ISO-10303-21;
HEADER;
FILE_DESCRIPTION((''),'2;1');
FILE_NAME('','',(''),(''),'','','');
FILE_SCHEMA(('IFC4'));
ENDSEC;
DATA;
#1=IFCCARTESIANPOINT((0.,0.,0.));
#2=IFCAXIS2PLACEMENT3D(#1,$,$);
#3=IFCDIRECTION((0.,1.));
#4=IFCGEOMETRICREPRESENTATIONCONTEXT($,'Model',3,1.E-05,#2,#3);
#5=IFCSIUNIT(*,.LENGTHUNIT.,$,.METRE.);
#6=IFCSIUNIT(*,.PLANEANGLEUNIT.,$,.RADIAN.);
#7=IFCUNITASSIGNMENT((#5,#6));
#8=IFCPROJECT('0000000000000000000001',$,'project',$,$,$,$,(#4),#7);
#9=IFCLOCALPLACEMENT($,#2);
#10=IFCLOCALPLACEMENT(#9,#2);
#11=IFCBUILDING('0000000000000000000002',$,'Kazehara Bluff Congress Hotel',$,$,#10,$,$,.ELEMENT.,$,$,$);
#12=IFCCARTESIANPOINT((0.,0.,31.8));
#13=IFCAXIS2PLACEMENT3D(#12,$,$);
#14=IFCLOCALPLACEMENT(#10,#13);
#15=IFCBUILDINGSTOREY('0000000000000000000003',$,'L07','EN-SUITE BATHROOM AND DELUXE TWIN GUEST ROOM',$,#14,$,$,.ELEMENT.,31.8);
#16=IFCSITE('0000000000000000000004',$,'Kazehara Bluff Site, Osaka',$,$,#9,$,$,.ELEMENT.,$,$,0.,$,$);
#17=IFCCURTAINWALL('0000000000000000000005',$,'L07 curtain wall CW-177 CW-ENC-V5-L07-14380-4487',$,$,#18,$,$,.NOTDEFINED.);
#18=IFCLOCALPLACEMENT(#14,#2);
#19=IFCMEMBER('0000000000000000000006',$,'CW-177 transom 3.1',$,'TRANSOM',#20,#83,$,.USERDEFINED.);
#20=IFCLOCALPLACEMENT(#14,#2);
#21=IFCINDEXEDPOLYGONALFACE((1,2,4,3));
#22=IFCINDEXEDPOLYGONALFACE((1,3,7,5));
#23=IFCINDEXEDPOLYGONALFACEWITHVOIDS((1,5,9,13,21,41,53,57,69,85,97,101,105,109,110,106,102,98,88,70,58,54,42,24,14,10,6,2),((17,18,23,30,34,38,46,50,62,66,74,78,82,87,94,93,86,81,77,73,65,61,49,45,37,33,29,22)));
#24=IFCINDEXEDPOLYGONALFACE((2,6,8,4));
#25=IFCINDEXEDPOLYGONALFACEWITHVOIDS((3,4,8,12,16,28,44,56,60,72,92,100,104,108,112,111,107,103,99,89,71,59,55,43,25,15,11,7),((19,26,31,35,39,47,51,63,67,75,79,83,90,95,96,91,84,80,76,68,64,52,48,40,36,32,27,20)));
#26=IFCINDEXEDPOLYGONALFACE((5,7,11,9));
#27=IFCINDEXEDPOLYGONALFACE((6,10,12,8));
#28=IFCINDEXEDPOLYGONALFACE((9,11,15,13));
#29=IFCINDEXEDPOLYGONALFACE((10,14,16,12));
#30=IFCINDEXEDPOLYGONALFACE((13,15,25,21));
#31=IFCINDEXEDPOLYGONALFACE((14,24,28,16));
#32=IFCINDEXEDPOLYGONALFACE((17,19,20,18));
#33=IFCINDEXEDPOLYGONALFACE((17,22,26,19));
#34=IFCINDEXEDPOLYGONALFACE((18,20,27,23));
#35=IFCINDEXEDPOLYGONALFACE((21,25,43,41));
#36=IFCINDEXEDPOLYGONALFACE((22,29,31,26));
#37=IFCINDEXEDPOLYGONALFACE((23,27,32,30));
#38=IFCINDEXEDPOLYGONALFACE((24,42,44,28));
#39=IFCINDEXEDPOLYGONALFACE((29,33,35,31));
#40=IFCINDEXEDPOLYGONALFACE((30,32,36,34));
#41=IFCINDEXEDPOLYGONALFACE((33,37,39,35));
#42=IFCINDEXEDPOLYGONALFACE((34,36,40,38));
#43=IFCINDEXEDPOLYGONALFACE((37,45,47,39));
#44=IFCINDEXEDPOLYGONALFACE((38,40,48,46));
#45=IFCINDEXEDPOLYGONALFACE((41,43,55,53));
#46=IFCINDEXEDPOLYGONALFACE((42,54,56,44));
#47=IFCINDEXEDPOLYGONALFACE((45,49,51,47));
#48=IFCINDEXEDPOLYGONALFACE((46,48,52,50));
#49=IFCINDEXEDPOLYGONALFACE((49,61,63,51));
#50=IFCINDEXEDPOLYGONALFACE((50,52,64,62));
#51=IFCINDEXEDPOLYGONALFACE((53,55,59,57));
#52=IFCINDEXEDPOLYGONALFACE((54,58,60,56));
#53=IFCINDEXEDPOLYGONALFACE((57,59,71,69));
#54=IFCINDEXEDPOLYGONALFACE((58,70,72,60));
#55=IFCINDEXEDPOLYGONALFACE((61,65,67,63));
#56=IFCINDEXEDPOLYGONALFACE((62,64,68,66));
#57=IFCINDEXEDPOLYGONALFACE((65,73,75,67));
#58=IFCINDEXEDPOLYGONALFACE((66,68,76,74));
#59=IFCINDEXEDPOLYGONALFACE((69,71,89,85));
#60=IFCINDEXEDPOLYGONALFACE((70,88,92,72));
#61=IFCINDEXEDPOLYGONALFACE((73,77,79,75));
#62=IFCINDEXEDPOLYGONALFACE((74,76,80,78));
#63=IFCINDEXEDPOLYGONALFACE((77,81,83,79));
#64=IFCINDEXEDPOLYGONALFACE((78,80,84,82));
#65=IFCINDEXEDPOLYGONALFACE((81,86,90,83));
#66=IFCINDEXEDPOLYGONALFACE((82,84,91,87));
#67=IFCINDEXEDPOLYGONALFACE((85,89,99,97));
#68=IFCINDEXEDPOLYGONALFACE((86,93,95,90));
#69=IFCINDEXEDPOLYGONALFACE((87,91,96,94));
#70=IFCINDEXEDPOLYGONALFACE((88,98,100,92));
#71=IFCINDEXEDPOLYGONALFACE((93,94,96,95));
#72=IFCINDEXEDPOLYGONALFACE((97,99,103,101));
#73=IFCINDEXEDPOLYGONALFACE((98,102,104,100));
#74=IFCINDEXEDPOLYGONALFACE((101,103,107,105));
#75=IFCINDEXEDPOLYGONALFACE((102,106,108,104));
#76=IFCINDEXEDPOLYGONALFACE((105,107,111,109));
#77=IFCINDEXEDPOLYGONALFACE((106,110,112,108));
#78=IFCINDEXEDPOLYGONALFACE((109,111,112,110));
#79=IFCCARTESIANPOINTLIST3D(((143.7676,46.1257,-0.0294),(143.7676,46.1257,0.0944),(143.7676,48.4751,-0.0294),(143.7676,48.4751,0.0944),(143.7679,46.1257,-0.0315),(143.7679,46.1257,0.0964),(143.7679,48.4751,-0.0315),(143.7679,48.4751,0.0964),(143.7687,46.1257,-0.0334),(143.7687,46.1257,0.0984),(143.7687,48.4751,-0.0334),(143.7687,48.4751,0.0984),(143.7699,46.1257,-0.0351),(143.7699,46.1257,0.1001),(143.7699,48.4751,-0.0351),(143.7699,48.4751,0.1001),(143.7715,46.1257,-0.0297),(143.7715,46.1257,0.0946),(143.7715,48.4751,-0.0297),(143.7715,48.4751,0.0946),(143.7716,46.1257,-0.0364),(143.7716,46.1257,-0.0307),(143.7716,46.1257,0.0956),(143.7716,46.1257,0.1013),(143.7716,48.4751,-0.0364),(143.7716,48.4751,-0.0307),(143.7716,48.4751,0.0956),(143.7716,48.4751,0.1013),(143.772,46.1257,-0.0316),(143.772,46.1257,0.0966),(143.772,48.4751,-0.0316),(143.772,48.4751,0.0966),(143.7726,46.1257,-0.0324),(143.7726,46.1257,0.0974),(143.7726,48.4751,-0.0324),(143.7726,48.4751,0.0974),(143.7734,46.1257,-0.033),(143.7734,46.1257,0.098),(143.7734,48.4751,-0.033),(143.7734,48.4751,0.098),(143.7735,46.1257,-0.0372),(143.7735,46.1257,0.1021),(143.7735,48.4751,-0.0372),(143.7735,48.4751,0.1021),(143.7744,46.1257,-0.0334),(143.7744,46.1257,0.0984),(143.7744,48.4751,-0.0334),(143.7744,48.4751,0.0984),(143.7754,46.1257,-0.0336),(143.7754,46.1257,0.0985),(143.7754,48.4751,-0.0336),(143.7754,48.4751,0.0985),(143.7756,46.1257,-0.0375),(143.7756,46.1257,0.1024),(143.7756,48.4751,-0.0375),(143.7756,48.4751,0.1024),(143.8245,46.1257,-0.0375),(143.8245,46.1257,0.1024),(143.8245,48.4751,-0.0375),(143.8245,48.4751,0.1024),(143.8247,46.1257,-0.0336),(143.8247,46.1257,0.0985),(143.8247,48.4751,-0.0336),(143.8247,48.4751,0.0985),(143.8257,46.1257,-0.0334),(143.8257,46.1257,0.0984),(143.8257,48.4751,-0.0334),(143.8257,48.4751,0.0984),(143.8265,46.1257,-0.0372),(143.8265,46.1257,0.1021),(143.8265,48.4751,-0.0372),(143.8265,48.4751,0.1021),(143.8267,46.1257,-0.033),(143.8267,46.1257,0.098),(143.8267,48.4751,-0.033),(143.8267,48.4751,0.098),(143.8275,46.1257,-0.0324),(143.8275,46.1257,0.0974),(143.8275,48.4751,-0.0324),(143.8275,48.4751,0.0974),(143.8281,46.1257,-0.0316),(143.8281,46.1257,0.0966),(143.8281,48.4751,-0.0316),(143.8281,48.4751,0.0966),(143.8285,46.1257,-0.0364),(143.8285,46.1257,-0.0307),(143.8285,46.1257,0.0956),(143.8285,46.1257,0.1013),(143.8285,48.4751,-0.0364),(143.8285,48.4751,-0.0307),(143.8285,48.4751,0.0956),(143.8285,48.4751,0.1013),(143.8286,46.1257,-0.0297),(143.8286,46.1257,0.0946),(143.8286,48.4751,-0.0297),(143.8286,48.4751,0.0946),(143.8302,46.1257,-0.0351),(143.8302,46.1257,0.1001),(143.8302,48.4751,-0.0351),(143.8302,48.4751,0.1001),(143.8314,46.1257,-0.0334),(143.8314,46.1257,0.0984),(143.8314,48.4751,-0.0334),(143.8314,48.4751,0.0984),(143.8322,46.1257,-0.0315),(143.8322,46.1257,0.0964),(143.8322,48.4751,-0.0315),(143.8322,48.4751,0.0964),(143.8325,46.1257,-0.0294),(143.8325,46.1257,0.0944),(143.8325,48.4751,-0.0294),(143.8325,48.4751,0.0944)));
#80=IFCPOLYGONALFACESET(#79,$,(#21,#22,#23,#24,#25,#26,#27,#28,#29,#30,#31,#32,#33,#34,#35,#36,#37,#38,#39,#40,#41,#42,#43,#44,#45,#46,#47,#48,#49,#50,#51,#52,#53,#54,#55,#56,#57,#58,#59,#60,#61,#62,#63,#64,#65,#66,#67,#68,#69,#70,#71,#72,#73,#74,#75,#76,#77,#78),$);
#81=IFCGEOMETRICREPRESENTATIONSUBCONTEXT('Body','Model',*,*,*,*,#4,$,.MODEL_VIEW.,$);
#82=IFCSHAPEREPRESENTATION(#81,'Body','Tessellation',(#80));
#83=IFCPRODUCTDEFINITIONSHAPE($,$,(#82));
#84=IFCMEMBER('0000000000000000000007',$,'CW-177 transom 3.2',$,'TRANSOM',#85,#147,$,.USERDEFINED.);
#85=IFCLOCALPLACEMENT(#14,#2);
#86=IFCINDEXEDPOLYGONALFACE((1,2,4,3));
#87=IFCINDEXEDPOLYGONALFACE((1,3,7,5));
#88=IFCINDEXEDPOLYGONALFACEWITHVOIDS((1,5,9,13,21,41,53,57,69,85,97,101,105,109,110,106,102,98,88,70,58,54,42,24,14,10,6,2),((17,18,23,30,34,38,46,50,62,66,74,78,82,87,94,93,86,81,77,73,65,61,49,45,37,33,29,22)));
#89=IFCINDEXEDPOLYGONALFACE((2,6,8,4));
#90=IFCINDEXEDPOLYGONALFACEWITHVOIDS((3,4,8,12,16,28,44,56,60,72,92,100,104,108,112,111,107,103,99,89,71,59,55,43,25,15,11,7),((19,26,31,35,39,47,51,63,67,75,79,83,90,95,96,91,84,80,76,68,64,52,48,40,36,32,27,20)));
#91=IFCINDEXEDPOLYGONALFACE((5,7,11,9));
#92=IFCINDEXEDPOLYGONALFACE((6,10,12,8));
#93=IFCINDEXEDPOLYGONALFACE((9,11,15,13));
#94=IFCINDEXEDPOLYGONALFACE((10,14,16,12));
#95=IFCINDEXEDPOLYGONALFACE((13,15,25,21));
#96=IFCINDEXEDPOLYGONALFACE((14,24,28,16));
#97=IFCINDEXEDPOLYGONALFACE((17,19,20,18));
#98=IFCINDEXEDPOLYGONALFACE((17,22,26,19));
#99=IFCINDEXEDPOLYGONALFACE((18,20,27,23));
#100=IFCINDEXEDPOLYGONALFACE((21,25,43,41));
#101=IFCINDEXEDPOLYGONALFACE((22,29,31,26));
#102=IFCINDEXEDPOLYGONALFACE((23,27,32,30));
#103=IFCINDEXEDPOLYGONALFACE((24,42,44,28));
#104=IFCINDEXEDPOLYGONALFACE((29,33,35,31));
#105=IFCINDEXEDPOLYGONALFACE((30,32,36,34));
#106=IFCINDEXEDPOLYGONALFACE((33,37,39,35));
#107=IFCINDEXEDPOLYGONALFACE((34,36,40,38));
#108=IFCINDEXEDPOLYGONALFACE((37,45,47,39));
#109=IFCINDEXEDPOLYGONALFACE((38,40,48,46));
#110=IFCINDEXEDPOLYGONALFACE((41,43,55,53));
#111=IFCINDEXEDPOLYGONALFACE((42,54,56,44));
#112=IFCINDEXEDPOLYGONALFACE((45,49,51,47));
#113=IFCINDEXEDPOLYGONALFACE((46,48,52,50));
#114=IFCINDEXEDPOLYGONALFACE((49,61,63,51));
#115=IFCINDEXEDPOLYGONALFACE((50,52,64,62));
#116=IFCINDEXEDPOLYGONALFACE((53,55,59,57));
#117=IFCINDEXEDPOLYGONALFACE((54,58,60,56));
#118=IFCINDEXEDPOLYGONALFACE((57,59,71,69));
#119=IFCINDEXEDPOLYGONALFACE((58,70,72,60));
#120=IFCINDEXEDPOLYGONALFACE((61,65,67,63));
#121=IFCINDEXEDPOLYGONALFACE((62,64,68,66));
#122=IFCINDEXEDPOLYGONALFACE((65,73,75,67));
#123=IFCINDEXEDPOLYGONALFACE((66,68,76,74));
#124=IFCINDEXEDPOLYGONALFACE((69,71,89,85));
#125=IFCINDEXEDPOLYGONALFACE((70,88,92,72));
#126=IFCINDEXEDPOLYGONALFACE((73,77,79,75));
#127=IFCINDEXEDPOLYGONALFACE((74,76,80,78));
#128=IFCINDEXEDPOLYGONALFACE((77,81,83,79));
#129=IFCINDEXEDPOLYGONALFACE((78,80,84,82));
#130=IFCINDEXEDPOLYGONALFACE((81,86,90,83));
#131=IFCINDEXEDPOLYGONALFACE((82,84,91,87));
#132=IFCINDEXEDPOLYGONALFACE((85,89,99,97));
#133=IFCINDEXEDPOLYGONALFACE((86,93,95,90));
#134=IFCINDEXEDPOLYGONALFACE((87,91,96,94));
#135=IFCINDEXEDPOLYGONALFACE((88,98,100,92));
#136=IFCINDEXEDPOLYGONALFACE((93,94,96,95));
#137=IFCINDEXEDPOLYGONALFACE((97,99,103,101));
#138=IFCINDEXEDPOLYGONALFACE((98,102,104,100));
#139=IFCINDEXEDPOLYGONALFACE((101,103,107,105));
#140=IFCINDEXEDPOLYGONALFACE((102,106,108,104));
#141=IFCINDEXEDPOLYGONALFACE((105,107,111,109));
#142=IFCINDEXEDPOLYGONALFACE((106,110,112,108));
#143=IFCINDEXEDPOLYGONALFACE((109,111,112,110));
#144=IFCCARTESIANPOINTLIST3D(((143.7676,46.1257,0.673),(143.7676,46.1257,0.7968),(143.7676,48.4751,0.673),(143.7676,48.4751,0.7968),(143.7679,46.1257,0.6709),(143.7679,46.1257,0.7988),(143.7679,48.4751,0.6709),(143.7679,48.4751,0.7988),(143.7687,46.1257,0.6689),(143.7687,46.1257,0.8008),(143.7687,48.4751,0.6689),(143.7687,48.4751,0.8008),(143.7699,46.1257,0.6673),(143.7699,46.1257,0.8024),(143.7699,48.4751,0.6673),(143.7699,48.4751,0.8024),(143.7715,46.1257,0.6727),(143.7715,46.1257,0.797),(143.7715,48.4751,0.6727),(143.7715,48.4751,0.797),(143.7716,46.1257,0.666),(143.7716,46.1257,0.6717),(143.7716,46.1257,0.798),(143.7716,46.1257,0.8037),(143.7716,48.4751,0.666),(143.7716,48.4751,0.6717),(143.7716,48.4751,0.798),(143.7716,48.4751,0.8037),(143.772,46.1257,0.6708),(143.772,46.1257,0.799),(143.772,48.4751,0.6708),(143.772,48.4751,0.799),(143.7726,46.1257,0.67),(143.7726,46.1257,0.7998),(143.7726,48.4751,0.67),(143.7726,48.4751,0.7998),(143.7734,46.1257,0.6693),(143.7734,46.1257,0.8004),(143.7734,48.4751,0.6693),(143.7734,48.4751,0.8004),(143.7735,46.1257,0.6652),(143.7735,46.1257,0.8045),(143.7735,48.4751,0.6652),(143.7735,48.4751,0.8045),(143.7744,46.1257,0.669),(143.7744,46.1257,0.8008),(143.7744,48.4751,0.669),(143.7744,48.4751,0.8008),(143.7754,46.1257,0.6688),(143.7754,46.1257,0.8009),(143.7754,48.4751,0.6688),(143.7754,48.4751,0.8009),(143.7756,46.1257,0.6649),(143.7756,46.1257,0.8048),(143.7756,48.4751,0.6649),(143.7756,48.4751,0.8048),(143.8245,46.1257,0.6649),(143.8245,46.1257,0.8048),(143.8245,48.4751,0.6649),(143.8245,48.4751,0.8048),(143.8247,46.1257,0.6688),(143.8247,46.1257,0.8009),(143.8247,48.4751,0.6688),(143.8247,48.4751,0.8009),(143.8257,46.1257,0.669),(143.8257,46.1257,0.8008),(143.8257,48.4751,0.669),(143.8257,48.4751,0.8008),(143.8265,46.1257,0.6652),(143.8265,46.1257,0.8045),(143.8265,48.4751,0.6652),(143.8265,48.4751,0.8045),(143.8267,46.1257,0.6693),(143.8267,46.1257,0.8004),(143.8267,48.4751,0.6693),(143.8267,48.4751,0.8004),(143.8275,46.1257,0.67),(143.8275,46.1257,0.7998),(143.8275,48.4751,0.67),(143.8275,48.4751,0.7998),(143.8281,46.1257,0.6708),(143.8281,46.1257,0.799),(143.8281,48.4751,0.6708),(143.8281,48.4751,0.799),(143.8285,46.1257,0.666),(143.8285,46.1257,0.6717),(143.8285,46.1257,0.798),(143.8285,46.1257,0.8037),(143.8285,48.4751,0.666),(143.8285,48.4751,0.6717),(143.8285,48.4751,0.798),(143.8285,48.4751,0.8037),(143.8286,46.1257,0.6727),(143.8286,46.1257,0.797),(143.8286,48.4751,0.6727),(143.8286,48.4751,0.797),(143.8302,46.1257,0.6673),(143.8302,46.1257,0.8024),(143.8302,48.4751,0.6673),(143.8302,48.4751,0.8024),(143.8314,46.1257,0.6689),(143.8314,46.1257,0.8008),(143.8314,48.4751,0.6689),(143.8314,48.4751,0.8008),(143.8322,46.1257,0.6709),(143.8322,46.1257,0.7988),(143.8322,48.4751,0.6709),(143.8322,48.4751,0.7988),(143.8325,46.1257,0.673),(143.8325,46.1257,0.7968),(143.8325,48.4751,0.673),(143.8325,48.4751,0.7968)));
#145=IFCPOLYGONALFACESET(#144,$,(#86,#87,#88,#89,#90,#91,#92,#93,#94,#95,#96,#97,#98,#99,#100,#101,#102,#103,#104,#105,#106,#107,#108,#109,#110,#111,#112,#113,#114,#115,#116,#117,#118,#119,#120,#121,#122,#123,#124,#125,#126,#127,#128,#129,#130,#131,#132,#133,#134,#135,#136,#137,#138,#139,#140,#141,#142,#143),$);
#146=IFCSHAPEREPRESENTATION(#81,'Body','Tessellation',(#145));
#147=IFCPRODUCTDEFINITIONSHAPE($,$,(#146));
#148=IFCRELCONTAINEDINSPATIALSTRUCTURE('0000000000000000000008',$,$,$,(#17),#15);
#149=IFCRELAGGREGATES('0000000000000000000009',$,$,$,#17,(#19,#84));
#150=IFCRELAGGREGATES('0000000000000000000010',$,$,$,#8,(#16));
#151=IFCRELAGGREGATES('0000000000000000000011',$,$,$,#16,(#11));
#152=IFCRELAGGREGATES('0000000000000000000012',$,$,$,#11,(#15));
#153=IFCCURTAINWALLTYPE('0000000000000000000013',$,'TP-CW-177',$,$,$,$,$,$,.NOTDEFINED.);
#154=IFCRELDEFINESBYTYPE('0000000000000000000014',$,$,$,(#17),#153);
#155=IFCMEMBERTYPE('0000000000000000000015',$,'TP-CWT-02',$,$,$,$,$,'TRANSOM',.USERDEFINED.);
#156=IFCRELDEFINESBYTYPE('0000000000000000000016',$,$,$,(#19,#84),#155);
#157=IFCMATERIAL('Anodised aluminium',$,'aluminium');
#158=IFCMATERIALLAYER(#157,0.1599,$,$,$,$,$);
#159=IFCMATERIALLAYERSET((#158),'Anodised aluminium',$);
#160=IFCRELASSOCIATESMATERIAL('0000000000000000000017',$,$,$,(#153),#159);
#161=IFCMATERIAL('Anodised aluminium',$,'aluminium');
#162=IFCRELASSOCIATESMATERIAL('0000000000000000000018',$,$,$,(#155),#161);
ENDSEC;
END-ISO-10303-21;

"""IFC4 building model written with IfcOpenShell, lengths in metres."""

from ifc_helpers import new_model, si_unit, direction, frame, origin, origin_2d, place, context, subcontext, project, spatial, hollow_rectangle, extrude, material, layer, layer_set, material_profile, profile_set, type_object, element, aggregate, save


model = new_model("IFC4")

# Units and contexts
model_context = context("Model", 3, precision=1e-05, world=origin(), true_north=direction((0.0, 1.0)))
body_context = subcontext(model_context, "Body", "Model", "MODEL_VIEW")
ifc_project = project(units=[si_unit("LENGTHUNIT", "METRE"), si_unit("PLANEANGLEUNIT", "RADIAN")], contexts=[model_context])

# Site, building, storey
site_placement = place(None, origin())
site = spatial("IfcSite", under=ifc_project, at=site_placement, Name="Kazehara Bluff Site, Osaka", CompositionType="ELEMENT", RefElevation=0.0)
building_placement = place(site_placement, origin())
building = spatial("IfcBuilding", under=site, at=building_placement, Name="Kazehara Bluff Congress Hotel", CompositionType="ELEMENT")
storey_placement = place(building_placement, frame((0.0, 0.0, 31.8)))
storey = spatial("IfcBuildingStorey", under=building, at=storey_placement, Name="L07", Description="EN-SUITE BATHROOM AND DELUXE TWIN GUEST ROOM", CompositionType="ELEMENT", Elevation=31.8)

# Curtain wall
ifc_material_1 = material(Name="Anodised aluminium", Category="aluminium")
ifc_layer_1 = layer(ifc_material_1, 0.1599)
ifc_layer_set_1 = layer_set([ifc_layer_1], Name="Anodised aluminium")
curtain_wall_type_1 = type_object("IfcCurtainWallType", Name="TP-CW-177", PredefinedType="NOTDEFINED", material=ifc_layer_set_1)
curtain_wall_1_placement = place(storey_placement, origin())
curtain_wall_1 = element("IfcCurtainWall", 1, at=curtain_wall_1_placement, inside=storey, type_object=curtain_wall_type_1, Name="L07 curtain wall CW-177 CW-ENC-V5-L07-14380-4487", PredefinedType="NOTDEFINED")

# Members
ifc_material_2 = material(Name="Anodised aluminium", Category="aluminium")
ifc_material_profile_1 = material_profile(ifc_material_2, hollow_rectangle(XDim=0.0649, YDim=0.1399, WallThickness=0.0039, InnerFilletRadius=0.0039, OuterFilletRadius=0.0081, at=origin_2d()))
ifc_profile_set_1 = profile_set([ifc_material_profile_1], Name="Anodised aluminium")
member_type_1 = type_object("IfcMemberType", Name="TP-CWT-02", ElementType="TRANSOM", PredefinedType="USERDEFINED", material=ifc_profile_set_1)
member_1_placement = place(storey_placement, frame((143.8, 46.1257, 0.0325), z_axis=(0.0, 1.0, 0.0), x_axis=(-1.0, 0.0, 0.0)))
member_1 = element("IfcMember", 2, at=member_1_placement, type_object=member_type_1, Name="CW-177 transom 3.1", ObjectType="TRANSOM", PredefinedType="USERDEFINED", context=body_context, shape_type="SweptSolid", body=[
    extrude(hollow_rectangle(XDim=0.0649, YDim=0.1399, WallThickness=0.0039, InnerFilletRadius=0.0039, OuterFilletRadius=0.0081, at=origin_2d()), origin(), (0.0, 0.0, 1.0), 2.3494),
])
member_2_placement = place(storey_placement, frame((143.8, 46.1257, 0.7349), z_axis=(0.0, 1.0, 0.0), x_axis=(-1.0, 0.0, 0.0)))
member_2 = element("IfcMember", 3, at=member_2_placement, type_object=member_type_1, Name="CW-177 transom 3.2", ObjectType="TRANSOM", PredefinedType="USERDEFINED", context=body_context, shape_type="SweptSolid", body=[
    extrude(hollow_rectangle(XDim=0.0649, YDim=0.1399, WallThickness=0.0039, InnerFilletRadius=0.0039, OuterFilletRadius=0.0081, at=origin_2d()), origin(), (0.0, 0.0, 1.0), 2.3494),
])

aggregate(curtain_wall_1, [member_1, member_2])

save(model, "model.ifc")
